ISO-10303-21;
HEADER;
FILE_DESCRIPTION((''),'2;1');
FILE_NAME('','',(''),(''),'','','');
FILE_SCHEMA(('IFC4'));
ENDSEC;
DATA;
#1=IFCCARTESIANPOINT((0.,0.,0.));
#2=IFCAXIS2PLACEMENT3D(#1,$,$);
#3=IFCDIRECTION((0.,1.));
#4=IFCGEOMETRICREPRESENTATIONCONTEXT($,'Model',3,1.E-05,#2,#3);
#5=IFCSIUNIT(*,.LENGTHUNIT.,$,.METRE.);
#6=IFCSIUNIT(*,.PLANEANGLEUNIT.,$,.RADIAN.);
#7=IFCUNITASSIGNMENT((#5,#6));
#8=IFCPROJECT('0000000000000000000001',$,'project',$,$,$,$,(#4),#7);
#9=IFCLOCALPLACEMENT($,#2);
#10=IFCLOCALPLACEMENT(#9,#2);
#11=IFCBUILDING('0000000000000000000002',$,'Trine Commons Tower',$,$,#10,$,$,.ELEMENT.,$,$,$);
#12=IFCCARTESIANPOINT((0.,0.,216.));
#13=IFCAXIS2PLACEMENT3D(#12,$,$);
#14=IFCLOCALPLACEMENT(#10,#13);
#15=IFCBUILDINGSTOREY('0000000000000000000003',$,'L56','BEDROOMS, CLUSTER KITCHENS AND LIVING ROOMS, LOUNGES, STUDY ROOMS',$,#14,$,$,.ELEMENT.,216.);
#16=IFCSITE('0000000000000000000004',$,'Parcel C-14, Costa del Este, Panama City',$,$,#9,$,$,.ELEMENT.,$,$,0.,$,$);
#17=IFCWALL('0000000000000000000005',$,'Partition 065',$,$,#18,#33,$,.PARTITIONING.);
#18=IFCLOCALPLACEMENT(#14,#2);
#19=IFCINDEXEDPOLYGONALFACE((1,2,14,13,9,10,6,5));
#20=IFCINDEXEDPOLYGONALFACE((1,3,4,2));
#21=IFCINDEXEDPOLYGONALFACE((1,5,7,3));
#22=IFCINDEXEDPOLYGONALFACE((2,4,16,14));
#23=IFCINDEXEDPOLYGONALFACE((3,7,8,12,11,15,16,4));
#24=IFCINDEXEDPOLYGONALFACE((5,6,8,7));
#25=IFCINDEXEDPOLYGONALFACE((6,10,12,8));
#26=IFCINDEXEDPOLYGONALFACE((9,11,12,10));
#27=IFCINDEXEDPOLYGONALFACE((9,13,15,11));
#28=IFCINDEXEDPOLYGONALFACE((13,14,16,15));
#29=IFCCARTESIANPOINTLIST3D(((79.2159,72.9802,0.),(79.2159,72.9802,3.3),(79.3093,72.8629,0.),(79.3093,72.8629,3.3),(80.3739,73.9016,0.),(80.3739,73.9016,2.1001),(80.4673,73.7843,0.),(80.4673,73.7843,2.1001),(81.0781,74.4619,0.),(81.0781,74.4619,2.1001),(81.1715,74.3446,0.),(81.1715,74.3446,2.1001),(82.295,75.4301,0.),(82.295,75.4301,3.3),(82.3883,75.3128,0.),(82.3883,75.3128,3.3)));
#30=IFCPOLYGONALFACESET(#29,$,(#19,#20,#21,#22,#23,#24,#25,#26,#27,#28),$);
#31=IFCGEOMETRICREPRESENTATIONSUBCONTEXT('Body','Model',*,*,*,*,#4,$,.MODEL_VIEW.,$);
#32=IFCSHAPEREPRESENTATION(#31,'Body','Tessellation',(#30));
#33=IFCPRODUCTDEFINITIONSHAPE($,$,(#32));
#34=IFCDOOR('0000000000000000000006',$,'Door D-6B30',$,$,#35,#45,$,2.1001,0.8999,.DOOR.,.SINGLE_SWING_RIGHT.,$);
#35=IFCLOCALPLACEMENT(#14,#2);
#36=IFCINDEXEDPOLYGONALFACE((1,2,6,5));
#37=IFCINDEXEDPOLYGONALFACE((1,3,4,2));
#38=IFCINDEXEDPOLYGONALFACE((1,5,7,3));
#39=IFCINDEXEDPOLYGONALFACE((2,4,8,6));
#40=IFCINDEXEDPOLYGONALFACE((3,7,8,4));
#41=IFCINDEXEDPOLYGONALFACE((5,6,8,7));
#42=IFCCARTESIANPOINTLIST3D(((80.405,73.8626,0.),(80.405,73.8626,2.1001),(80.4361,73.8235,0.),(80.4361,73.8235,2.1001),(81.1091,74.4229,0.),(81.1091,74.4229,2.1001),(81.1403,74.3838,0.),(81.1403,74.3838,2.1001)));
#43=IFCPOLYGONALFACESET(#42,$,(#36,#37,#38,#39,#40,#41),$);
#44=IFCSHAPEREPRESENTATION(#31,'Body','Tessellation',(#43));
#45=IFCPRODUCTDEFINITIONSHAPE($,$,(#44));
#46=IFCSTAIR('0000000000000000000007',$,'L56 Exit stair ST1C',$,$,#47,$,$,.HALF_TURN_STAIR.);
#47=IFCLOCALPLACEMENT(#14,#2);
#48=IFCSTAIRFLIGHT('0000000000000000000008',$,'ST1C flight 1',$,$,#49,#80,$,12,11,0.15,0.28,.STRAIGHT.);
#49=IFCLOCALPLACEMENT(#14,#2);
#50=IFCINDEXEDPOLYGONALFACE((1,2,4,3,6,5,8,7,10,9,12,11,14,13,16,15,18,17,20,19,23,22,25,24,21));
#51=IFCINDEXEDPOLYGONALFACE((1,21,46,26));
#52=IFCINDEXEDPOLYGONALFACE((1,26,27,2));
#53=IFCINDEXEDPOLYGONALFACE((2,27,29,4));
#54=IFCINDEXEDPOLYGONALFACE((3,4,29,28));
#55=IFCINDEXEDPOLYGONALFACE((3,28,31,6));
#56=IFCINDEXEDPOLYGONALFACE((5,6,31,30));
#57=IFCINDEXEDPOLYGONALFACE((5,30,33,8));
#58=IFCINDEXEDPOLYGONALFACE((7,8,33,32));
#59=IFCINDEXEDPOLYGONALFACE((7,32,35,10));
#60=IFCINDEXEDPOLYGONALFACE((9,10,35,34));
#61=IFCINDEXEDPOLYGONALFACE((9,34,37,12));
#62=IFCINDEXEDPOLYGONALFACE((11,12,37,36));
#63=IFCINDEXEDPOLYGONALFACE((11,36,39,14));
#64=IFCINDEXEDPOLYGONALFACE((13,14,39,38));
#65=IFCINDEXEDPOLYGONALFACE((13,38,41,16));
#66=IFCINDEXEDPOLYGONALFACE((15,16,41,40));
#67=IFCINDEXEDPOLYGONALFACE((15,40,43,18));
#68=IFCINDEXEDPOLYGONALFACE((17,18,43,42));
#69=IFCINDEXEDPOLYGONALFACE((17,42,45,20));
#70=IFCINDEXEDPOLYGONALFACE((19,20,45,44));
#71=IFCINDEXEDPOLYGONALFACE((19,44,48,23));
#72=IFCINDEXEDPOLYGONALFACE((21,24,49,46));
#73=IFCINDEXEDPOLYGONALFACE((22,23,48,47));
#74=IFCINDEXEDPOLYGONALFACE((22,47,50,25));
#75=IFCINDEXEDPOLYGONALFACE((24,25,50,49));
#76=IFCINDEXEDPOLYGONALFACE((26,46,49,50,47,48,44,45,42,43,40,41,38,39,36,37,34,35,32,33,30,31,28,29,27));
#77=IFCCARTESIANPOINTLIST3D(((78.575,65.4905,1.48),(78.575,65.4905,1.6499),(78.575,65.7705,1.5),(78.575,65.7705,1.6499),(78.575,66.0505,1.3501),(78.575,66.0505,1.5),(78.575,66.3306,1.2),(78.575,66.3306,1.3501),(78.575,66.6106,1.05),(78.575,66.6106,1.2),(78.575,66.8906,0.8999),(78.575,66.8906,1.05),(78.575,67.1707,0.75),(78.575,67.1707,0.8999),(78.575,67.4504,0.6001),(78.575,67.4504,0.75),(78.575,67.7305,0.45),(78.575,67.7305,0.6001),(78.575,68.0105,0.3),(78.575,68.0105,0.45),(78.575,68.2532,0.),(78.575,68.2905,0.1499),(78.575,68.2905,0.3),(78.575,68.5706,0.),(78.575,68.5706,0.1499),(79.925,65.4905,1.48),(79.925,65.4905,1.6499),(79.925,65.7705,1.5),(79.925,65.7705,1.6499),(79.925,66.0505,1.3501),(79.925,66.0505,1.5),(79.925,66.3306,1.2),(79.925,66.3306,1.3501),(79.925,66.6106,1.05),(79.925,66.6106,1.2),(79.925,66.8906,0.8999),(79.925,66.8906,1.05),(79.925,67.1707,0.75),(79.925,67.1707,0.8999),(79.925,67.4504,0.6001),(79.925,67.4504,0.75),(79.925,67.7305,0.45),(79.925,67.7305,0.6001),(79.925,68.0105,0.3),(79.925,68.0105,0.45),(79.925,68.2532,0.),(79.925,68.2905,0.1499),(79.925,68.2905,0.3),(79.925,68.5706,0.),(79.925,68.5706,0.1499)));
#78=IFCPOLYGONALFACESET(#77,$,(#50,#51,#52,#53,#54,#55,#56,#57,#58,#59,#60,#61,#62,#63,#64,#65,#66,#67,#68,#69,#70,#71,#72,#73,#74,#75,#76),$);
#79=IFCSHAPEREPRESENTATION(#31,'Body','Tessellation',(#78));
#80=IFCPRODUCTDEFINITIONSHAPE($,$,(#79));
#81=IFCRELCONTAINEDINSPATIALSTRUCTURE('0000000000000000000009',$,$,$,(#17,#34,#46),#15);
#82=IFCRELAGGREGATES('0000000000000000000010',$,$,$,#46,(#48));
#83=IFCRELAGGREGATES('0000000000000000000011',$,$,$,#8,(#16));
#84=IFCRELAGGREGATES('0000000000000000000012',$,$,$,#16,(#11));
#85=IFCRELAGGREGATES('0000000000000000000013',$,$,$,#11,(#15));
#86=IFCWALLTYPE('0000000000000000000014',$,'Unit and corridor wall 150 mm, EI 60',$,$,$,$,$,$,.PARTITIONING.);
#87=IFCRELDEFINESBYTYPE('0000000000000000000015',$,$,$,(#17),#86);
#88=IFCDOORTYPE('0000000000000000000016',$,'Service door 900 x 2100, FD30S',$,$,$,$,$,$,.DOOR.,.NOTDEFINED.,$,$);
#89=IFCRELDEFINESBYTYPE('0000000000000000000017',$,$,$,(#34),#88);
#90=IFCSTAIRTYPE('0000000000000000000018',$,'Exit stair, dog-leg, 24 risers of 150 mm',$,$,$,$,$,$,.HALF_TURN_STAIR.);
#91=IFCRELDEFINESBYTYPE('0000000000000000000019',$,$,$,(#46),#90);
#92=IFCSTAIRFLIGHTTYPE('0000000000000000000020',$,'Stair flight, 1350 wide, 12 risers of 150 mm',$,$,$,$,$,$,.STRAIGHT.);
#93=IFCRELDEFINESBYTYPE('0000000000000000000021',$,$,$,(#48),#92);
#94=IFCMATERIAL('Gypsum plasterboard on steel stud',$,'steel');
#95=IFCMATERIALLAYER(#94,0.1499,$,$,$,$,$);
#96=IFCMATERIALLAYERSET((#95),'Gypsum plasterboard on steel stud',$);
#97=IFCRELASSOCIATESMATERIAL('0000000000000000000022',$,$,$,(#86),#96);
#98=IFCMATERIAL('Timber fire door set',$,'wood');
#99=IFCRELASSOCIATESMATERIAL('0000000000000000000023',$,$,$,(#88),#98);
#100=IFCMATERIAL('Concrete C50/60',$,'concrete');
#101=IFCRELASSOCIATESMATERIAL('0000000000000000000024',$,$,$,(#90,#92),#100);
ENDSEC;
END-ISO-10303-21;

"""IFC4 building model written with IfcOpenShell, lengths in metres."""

from ifc_helpers import new_model, si_unit, direction, frame, frame_2d, origin, place, context, subcontext, project, spatial, polyline, rectangle, outline, extrude, material, layer, layer_set, type_object, element, fill, aggregate, save


model = new_model("IFC4")

# Units and contexts
model_context = context("Model", 3, precision=1e-05, world=origin(), true_north=direction((0.0, 1.0)))
body_context = subcontext(model_context, "Body", "Model", "MODEL_VIEW")
ifc_project = project(units=[si_unit("LENGTHUNIT", "METRE"), si_unit("PLANEANGLEUNIT", "RADIAN")], contexts=[model_context])

# Site, building, storey
site_placement = place(None, origin())
site = spatial("IfcSite", under=ifc_project, at=site_placement, Name="Parcel C-14, Costa del Este, Panama City", CompositionType="ELEMENT", RefElevation=0.0)
building_placement = place(site_placement, origin())
building = spatial("IfcBuilding", under=site, at=building_placement, Name="Trine Commons Tower", CompositionType="ELEMENT")
storey_placement = place(building_placement, frame((0.0, 0.0, 216.0)))
storey = spatial("IfcBuildingStorey", under=building, at=storey_placement, Name="L56", Description="BEDROOMS, CLUSTER KITCHENS AND LIVING ROOMS, LOUNGES, STUDY ROOMS", CompositionType="ELEMENT", Elevation=216.0)

# Shared definitions
ifc_material_1 = material(Name="Gypsum plasterboard on steel stud", Category="steel")
ifc_layer_1 = layer(ifc_material_1, 0.1499)
ifc_layer_set_1 = layer_set([ifc_layer_1], Name="Gypsum plasterboard on steel stud")
wall_type_1 = type_object("IfcWallType", Name="Unit and corridor wall 150 mm, EI 60", PredefinedType="PARTITIONING", material=ifc_layer_set_1)

# Shared definitions
ifc_material_2 = material(Name="Timber fire door set", Category="wood")

# Wall, opening, door
wall_1_placement = place(storey_placement, frame((79.2627, 72.9216, 0.0), z_axis=(0.0, 0.0, 1.0), x_axis=(0.782519, 0.622627, 0.0)))
wall_1 = element("IfcWall", 1, at=wall_1_placement, inside=storey, type_object=wall_type_1, Name="Partition 065", PredefinedType="PARTITIONING", context=body_context, shape_type="SweptSolid", body=[
    extrude(rectangle(XDim=3.9348, YDim=0.1499, at=frame_2d((1.9673, 0.0))), origin(), (0.0, 0.0, 1.0), 3.3),
])
opening_1_placement = place(wall_1_placement, frame((1.4797, 0.0, 0.0)))
opening_1 = element("IfcOpeningElement", 2, at=opening_1_placement, cuts=wall_1, PredefinedType="OPENING", context=body_context, shape_type="SweptSolid", body=[
    extrude(rectangle(XDim=0.8999, YDim=2.1001, at=frame_2d((0.45, 1.05))), frame((0.0, 0.085, 0.0), z_axis=(0.0, -1.0, 0.0), x_axis=(1.0, 0.0, 0.0)), (0.0, 0.0, 1.0), 0.1699),
])
door_type_1 = type_object("IfcDoorType", Name="Service door 900 x 2100, FD30S", OperationType="NOTDEFINED", PredefinedType="DOOR", material=ifc_material_2)
door_1_placement = place(opening_1_placement, frame((0.8999, 0.0, 0.0), z_axis=(0.0, 0.0, 1.0), x_axis=(-1.0, 0.0, 0.0)))
door_1 = element("IfcDoor", 3, at=door_1_placement, inside=storey, type_object=door_type_1, Name="Door D-6B30", OperationType="SINGLE_SWING_RIGHT", OverallHeight=2.1001, OverallWidth=0.8999, PredefinedType="DOOR", context=body_context, shape_type="SweptSolid", body=[
    extrude(rectangle(XDim=0.8999, YDim=2.1001, at=frame_2d((0.45, 1.05))), frame((0.0, 0.0249, 0.0), z_axis=(0.0, -1.0, 0.0), x_axis=(1.0, 0.0, 0.0)), (0.0, 0.0, 1.0), 0.05),
])
fill(opening_1, door_1)

# Stair, stair flight
ifc_material_3 = material(Name="Concrete C50/60", Category="concrete")
stair_type = type_object("IfcStairType", Name="Exit stair, dog-leg, 24 risers of 150 mm", PredefinedType="HALF_TURN_STAIR", material=ifc_material_3)
stair_placement = place(storey_placement, origin())
stair = element("IfcStair", 4, at=stair_placement, inside=storey, type_object=stair_type, Name="L56 Exit stair ST1C", PredefinedType="HALF_TURN_STAIR")
stair_flight_type = type_object("IfcStairFlightType", Name="Stair flight, 1350 wide, 12 risers of 150 mm", PredefinedType="STRAIGHT", material=ifc_material_3)
stair_flight_placement = place(storey_placement, frame((79.25, 68.5706, 0.0), z_axis=(0.0, 0.0, 1.0), x_axis=(0.0, -1.0, 0.0)))
stair_flight = element("IfcStairFlight", 5, at=stair_flight_placement, type_object=stair_flight_type, Name="ST1C flight 1", NumberOfRisers=12, NumberOfTreads=11, PredefinedType="STRAIGHT", RiserHeight=0.15, TreadLength=0.28, context=body_context, shape_type="SweptSolid", body=[
    extrude(outline(polyline([(0.0, 0.0), (0.0, 0.1499), (0.28, 0.1499), (0.28, 0.3), (0.5601, 0.3), (0.5601, 0.45), (0.8401, 0.45), (0.8401, 0.6001), (1.1201, 0.6001), (1.1201, 0.75), (1.3999, 0.75), (1.3999, 0.8999), (1.6799, 0.8999), (1.6799, 1.05), (1.96, 1.05), (1.96, 1.2), (2.24, 1.2), (2.24, 1.3501), (2.52, 1.3501), (2.52, 1.5), (2.8, 1.5), (2.8, 1.6499), (3.0801, 1.6499), (3.0801, 1.8), (3.0801, 1.48), (0.3174, 0.0), (0.0, 0.0)])), frame((0.0, 0.675, 0.0), z_axis=(0.0, -1.0, 0.0), x_axis=(1.0, 0.0, 0.0)), (0.0, 0.0, 1.0), 1.3501),
])
aggregate(stair, [stair_flight])

save(model, "model.ifc")
